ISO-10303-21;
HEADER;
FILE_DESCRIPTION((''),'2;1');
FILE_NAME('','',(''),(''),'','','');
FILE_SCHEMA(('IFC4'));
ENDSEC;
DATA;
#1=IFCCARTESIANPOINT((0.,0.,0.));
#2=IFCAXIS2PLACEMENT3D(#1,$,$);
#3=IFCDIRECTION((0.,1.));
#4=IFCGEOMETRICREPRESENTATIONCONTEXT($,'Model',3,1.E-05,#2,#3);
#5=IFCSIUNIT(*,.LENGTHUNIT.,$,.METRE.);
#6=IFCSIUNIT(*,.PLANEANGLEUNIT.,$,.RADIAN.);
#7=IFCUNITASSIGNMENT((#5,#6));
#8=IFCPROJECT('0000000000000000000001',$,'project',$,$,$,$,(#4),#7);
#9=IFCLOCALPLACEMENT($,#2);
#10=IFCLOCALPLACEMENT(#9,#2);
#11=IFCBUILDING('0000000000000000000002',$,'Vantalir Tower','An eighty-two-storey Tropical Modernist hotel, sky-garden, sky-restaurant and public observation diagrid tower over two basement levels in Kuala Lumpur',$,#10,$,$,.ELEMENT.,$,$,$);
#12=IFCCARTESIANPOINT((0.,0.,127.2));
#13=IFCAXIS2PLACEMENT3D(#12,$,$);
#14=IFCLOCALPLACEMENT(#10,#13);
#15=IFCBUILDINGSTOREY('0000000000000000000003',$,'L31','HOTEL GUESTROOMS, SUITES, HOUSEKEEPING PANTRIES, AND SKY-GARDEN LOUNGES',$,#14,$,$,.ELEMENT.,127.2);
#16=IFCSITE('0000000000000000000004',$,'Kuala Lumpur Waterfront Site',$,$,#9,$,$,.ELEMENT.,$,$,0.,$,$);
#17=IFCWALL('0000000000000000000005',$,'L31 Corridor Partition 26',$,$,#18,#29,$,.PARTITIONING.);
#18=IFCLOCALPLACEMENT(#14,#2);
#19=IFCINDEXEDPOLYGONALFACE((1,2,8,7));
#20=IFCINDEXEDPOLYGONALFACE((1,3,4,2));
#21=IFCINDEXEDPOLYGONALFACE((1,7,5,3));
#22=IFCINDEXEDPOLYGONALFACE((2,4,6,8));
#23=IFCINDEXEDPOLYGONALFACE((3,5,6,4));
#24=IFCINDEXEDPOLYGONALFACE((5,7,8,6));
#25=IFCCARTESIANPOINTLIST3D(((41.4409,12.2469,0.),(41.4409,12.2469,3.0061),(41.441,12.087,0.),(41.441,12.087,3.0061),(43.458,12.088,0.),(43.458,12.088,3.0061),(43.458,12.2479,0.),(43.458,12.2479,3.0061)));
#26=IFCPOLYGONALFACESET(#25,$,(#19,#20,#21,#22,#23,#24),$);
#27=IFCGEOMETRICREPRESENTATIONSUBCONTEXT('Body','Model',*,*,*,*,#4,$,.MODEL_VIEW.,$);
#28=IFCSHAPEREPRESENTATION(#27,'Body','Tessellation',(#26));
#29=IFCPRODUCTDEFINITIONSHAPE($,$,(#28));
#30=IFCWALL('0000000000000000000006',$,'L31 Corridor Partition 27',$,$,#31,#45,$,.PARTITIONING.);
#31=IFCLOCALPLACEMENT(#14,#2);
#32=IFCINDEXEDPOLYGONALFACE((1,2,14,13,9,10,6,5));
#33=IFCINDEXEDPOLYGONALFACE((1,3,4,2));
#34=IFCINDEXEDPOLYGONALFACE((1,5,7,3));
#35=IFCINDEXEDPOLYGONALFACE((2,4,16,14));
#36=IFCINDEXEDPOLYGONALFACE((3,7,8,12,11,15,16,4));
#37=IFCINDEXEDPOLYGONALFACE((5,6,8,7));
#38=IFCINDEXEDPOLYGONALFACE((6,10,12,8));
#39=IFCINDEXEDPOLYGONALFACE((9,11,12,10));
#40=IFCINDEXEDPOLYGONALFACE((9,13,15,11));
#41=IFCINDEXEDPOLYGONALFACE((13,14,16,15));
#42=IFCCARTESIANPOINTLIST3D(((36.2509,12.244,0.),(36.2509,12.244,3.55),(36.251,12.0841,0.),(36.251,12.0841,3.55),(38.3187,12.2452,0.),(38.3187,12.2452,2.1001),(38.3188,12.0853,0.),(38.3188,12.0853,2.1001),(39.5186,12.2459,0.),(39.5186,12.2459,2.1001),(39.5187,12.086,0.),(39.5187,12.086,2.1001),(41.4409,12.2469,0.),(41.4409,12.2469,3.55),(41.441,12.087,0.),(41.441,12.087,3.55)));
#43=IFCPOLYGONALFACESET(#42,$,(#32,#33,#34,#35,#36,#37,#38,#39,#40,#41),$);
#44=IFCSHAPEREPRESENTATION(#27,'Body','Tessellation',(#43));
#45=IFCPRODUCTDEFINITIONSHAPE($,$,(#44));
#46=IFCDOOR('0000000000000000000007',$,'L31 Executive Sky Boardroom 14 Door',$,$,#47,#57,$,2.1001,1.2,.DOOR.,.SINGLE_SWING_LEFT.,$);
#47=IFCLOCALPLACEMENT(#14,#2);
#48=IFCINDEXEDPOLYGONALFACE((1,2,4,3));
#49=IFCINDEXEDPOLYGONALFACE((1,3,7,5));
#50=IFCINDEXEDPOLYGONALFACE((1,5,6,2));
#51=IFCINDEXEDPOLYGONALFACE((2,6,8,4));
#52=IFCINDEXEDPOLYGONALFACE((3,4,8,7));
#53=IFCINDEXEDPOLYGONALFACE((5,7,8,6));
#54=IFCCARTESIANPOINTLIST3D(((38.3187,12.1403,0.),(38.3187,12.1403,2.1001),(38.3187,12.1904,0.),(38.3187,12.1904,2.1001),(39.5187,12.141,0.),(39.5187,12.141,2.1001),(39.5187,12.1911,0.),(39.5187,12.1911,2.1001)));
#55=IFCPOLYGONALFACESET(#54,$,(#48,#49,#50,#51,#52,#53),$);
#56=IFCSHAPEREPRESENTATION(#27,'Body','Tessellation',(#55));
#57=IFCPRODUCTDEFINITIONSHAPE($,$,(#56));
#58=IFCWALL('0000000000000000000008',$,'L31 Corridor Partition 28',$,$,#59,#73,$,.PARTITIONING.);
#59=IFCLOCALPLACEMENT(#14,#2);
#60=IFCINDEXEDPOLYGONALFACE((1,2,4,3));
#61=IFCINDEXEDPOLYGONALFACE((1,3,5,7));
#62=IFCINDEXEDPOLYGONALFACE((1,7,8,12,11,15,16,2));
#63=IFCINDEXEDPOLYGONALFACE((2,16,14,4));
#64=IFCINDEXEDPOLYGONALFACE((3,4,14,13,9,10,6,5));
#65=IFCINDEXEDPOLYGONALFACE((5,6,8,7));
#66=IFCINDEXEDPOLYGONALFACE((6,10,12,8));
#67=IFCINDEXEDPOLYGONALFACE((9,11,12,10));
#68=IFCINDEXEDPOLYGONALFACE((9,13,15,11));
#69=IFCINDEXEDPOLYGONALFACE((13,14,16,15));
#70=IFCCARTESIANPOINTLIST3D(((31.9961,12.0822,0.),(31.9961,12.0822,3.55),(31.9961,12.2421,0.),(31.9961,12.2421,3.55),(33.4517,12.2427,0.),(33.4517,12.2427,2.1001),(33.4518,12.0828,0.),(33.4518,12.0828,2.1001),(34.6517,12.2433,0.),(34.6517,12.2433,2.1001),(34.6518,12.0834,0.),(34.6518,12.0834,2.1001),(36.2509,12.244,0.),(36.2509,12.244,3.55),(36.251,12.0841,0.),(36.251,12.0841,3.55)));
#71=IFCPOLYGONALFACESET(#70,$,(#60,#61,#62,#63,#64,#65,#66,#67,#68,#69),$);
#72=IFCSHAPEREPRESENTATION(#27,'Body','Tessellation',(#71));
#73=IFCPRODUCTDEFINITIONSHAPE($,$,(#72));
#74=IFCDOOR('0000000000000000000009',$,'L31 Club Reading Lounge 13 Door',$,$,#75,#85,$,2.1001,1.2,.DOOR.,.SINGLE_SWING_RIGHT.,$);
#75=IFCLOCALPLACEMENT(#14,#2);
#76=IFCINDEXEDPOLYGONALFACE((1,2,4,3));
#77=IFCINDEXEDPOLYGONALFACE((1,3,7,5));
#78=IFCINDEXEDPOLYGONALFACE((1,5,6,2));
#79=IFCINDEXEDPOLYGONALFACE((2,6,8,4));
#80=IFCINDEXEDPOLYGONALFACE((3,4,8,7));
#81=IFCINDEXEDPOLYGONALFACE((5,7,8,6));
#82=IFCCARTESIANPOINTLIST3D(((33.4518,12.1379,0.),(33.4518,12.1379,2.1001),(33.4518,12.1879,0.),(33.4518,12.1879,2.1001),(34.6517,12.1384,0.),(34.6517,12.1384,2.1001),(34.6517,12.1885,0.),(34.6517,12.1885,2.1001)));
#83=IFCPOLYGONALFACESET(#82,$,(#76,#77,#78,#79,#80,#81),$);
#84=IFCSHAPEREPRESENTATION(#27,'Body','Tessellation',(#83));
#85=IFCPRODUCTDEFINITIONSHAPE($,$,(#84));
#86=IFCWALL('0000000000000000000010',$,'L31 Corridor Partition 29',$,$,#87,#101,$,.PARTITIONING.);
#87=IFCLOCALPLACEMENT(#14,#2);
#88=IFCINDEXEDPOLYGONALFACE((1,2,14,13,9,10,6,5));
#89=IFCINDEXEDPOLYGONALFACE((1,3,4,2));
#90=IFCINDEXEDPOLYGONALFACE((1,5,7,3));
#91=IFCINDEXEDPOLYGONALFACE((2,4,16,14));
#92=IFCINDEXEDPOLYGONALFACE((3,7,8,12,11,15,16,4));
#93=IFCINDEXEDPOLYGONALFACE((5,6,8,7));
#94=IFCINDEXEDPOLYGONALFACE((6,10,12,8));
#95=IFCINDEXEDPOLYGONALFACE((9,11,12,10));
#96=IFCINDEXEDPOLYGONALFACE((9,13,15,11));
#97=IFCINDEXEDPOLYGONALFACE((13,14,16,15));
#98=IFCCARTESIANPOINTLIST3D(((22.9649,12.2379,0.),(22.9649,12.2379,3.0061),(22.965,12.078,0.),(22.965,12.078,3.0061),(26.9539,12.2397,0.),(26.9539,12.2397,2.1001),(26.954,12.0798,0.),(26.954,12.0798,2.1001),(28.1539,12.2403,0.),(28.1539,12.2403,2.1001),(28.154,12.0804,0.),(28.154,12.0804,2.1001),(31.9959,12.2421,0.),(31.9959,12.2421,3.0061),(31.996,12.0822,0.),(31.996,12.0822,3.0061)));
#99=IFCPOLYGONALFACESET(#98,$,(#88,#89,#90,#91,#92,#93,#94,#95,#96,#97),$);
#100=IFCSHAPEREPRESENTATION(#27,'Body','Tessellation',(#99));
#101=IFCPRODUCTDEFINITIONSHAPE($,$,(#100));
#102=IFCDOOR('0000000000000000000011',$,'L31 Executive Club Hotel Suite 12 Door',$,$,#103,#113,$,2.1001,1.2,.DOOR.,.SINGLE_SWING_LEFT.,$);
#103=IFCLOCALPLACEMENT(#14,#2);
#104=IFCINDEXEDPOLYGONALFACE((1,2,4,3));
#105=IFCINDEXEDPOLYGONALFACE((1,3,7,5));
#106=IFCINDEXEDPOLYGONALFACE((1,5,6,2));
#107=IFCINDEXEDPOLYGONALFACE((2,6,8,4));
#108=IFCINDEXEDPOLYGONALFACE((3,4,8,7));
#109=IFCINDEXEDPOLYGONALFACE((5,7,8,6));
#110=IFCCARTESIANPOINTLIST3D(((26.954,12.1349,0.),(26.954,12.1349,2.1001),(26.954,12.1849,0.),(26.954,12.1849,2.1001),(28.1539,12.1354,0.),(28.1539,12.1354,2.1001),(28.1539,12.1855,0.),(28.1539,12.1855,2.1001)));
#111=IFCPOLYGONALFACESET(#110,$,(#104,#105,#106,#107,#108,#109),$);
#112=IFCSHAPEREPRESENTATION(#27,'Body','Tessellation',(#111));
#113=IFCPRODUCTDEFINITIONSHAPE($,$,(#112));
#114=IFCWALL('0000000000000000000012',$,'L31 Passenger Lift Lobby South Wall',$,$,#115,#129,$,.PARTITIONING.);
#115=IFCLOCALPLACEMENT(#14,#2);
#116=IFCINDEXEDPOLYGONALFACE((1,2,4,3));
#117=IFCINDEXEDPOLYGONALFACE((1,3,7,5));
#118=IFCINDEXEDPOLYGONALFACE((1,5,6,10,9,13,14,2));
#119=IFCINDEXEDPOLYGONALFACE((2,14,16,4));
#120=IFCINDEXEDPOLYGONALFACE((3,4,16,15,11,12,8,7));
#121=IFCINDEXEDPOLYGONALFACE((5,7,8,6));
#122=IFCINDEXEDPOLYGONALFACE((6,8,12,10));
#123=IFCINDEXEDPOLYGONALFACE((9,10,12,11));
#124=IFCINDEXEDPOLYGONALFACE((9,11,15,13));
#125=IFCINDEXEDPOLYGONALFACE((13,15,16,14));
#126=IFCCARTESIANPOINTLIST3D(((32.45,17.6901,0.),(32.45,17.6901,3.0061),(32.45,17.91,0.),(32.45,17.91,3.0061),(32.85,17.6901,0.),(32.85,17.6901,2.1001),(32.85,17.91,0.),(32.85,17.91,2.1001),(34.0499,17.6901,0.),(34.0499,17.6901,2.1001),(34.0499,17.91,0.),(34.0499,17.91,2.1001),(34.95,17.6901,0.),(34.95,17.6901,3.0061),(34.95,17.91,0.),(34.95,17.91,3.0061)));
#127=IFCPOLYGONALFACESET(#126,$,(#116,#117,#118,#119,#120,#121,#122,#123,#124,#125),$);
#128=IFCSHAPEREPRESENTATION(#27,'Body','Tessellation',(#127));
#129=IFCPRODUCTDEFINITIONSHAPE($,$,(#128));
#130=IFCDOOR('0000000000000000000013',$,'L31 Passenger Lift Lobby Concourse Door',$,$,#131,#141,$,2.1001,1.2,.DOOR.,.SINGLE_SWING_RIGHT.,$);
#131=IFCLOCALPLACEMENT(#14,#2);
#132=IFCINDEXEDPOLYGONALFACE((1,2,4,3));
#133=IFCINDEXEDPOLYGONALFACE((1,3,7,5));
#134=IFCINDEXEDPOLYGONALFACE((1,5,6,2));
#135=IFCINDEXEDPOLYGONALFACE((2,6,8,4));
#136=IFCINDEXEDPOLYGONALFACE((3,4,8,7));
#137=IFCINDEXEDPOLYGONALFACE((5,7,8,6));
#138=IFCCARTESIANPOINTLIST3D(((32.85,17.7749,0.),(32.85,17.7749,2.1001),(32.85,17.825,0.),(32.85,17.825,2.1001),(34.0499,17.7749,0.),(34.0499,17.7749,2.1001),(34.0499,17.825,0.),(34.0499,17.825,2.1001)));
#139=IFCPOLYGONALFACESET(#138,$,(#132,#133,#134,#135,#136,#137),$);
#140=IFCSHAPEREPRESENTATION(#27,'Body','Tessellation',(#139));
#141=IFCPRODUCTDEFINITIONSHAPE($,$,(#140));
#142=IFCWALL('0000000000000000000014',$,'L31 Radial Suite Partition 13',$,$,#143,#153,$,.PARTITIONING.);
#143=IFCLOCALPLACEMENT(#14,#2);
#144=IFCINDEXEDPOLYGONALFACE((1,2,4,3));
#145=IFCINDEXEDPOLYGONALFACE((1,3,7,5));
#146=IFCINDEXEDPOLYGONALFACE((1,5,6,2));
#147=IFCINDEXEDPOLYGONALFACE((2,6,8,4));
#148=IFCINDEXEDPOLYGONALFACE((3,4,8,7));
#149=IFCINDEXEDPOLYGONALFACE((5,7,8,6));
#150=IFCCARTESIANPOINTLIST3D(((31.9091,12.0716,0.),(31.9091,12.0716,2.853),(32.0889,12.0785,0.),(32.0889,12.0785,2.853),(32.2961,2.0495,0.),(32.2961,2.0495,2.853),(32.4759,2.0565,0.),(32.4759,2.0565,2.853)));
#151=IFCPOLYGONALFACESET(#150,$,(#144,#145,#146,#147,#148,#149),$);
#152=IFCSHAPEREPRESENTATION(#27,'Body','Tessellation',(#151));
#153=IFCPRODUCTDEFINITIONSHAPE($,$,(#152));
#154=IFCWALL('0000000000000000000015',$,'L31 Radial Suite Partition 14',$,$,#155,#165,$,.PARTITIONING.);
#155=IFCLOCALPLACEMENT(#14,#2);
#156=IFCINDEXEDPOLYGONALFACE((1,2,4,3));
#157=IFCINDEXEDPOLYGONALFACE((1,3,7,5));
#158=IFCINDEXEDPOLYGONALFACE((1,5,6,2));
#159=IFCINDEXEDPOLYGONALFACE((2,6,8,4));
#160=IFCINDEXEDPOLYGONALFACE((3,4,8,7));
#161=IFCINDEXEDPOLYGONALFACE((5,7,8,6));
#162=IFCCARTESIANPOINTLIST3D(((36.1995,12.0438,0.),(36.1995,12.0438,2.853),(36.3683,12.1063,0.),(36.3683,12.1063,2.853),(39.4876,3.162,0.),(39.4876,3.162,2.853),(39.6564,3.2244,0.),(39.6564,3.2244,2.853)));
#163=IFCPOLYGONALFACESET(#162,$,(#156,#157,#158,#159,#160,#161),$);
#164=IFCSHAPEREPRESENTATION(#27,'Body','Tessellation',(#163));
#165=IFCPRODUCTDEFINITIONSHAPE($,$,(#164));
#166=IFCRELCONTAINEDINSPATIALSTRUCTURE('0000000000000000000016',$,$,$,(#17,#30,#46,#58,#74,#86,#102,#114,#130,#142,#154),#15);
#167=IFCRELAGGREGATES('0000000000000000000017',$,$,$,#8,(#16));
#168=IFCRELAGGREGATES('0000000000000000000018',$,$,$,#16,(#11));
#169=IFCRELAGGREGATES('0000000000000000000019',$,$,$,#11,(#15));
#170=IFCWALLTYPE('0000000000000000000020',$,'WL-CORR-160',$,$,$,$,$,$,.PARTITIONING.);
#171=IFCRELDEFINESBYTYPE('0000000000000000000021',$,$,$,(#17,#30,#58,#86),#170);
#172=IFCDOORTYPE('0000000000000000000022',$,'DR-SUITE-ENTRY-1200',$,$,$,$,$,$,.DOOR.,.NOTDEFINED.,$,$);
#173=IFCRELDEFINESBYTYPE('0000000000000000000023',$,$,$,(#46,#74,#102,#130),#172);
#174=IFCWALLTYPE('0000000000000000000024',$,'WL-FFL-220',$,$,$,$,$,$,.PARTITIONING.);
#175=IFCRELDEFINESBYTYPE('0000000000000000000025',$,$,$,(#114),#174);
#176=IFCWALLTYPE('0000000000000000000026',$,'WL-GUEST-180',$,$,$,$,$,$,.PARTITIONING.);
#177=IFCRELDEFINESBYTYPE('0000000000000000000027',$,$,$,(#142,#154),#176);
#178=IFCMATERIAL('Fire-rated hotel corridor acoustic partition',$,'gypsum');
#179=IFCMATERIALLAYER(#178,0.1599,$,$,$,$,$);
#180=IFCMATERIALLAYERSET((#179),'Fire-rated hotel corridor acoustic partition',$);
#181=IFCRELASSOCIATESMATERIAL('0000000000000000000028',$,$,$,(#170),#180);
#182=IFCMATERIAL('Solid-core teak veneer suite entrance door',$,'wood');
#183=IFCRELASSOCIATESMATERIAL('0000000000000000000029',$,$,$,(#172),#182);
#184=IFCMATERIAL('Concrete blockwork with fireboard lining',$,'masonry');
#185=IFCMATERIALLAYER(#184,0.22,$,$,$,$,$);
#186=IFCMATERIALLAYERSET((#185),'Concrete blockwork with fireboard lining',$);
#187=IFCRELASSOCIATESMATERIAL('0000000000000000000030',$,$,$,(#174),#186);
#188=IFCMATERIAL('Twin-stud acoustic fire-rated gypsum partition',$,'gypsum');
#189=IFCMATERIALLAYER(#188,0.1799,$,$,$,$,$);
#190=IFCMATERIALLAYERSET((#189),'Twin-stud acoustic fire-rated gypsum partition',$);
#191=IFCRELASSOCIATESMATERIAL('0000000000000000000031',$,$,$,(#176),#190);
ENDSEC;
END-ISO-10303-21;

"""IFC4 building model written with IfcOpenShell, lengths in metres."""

from ifc_helpers import new_model, si_unit, direction, frame, frame_2d, origin, place, context, subcontext, project, spatial, rectangle, extrude, material, layer, layer_set, type_object, element, fill, save


model = new_model("IFC4")

# Units and contexts
model_context = context("Model", 3, precision=1e-05, world=origin(), true_north=direction((0.0, 1.0)))
body_context = subcontext(model_context, "Body", "Model", "MODEL_VIEW")
ifc_project = project(units=[si_unit("LENGTHUNIT", "METRE"), si_unit("PLANEANGLEUNIT", "RADIAN")], contexts=[model_context])

# Site, building, storey
site_placement = place(None, origin())
site = spatial("IfcSite", under=ifc_project, at=site_placement, Name="Kuala Lumpur Waterfront Site", CompositionType="ELEMENT", RefElevation=0.0)
building_placement = place(site_placement, origin())
building = spatial("IfcBuilding", under=site, at=building_placement, Name="Vantalir Tower", Description="An eighty-two-storey Tropical Modernist hotel, sky-garden, sky-restaurant and public observation diagrid tower over two basement levels in Kuala Lumpur", CompositionType="ELEMENT")
storey_placement = place(building_placement, frame((0.0, 0.0, 127.2)))
storey = spatial("IfcBuildingStorey", under=building, at=storey_placement, Name="L31", Description="HOTEL GUESTROOMS, SUITES, HOUSEKEEPING PANTRIES, AND SKY-GARDEN LOUNGES", CompositionType="ELEMENT", Elevation=127.2)

# Shared definitions
ifc_material_1 = material(Name="Fire-rated hotel corridor acoustic partition", Category="gypsum")
ifc_layer_1 = layer(ifc_material_1, 0.1599)
ifc_layer_set_1 = layer_set([ifc_layer_1], Name="Fire-rated hotel corridor acoustic partition")
wall_type_1 = type_object("IfcWallType", Name="WL-CORR-160", PredefinedType="PARTITIONING", material=ifc_layer_set_1)

# Wall
wall_1_placement = place(storey_placement, frame((43.458, 12.168, 0.0), z_axis=(0.0, 0.0, 1.0), x_axis=(-1.0, -0.000484, 0.0)))
element("IfcWall", 1, at=wall_1_placement, inside=storey, type_object=wall_type_1, Name="L31 Corridor Partition 26", PredefinedType="PARTITIONING", context=body_context, shape_type="SweptSolid", body=[
    extrude(rectangle(XDim=2.0171, YDim=0.1599, at=frame_2d((1.0085, 0.0))), origin(), (0.0, 0.0, 1.0), 3.0061),
])

# Walls, openings, doors
wall_2_placement = place(storey_placement, frame((41.4409, 12.167, 0.0), z_axis=(0.0, 0.0, 1.0), x_axis=(-1.0, -0.000564, 0.0)))
wall_2 = element("IfcWall", 2, at=wall_2_placement, inside=storey, type_object=wall_type_1, Name="L31 Corridor Partition 27", PredefinedType="PARTITIONING", context=body_context, shape_type="SweptSolid", body=[
    extrude(rectangle(XDim=5.1899, YDim=0.1599, at=frame_2d((2.595, 0.0))), origin(), (0.0, 0.0, 1.0), 3.55),
])
opening_1_placement = place(wall_2_placement, frame((1.9221, 0.0, 0.0)))
opening_1 = element("IfcOpeningElement", 3, at=opening_1_placement, cuts=wall_2, PredefinedType="OPENING", context=body_context, shape_type="SweptSolid", body=[
    extrude(rectangle(XDim=1.2, YDim=2.1001, at=frame_2d((0.6001, 1.05))), frame((0.0, 0.0898, 0.0), z_axis=(0.0, -1.0, 0.0), x_axis=(1.0, 0.0, 0.0)), (0.0, 0.0, 1.0), 0.1799),
])
ifc_material_2 = material(Name="Solid-core teak veneer suite entrance door", Category="wood")
door_type_1 = type_object("IfcDoorType", Name="DR-SUITE-ENTRY-1200", OperationType="NOTDEFINED", PredefinedType="DOOR", material=ifc_material_2)
door_1_placement = place(opening_1_placement, origin())
door_1 = element("IfcDoor", 4, at=door_1_placement, inside=storey, type_object=door_type_1, Name="L31 Executive Sky Boardroom 14 Door", OperationType="SINGLE_SWING_LEFT", OverallHeight=2.1001, OverallWidth=1.2, PredefinedType="DOOR", context=body_context, shape_type="SweptSolid", body=[
    extrude(rectangle(XDim=1.2, YDim=2.1001, at=frame_2d((0.6001, 1.05))), frame((0.0, 0.0249, 0.0), z_axis=(0.0, -1.0, 0.0), x_axis=(1.0, 0.0, 0.0)), (0.0, 0.0, 1.0), 0.05),
])
fill(opening_1, door_1)
wall_3_placement = place(storey_placement, frame((36.251, 12.1641, 0.0), z_axis=(0.0, 0.0, 1.0), x_axis=(-1.0, -0.000459, 0.0)))
wall_3 = element("IfcWall", 5, at=wall_3_placement, inside=storey, type_object=wall_type_1, Name="L31 Corridor Partition 28", PredefinedType="PARTITIONING", context=body_context, shape_type="SweptSolid", body=[
    extrude(rectangle(XDim=4.2549, YDim=0.1599, at=frame_2d((2.1274, 0.0))), origin(), (0.0, 0.0, 1.0), 3.55),
])
opening_2_placement = place(wall_3_placement, frame((1.5991, 0.0, 0.0)))
opening_2 = element("IfcOpeningElement", 6, at=opening_2_placement, cuts=wall_3, PredefinedType="OPENING", context=body_context, shape_type="SweptSolid", body=[
    extrude(rectangle(XDim=1.2, YDim=2.1001, at=frame_2d((0.6001, 1.05))), frame((0.0, 0.0898, 0.0), z_axis=(0.0, -1.0, 0.0), x_axis=(1.0, 0.0, 0.0)), (0.0, 0.0, 1.0), 0.1799),
])
door_2_placement = place(opening_2_placement, origin())
door_2 = element("IfcDoor", 7, at=door_2_placement, inside=storey, type_object=door_type_1, Name="L31 Club Reading Lounge 13 Door", OperationType="SINGLE_SWING_RIGHT", OverallHeight=2.1001, OverallWidth=1.2, PredefinedType="DOOR", context=body_context, shape_type="SweptSolid", body=[
    extrude(rectangle(XDim=1.2, YDim=2.1001, at=frame_2d((0.6001, 1.05))), frame((0.0, 0.0249, 0.0), z_axis=(0.0, -1.0, 0.0), x_axis=(1.0, 0.0, 0.0)), (0.0, 0.0, 1.0), 0.05),
])
fill(opening_2, door_2)
wall_4_placement = place(storey_placement, frame((31.9961, 12.1621, 0.0), z_axis=(0.0, 0.0, 1.0), x_axis=(-1.0, -0.00046, 0.0)))
wall_4 = element("IfcWall", 8, at=wall_4_placement, inside=storey, type_object=wall_type_1, Name="L31 Corridor Partition 29", PredefinedType="PARTITIONING", context=body_context, shape_type="SweptSolid", body=[
    extrude(rectangle(XDim=9.031, YDim=0.1599, at=frame_2d((4.5156, 0.0))), origin(), (0.0, 0.0, 1.0), 3.0061),
])
opening_3_placement = place(wall_4_placement, frame((3.842, 0.0, 0.0)))
opening_3 = element("IfcOpeningElement", 9, at=opening_3_placement, cuts=wall_4, PredefinedType="OPENING", context=body_context, shape_type="SweptSolid", body=[
    extrude(rectangle(XDim=1.2, YDim=2.1001, at=frame_2d((0.6001, 1.05))), frame((0.0, 0.0898, 0.0), z_axis=(0.0, -1.0, 0.0), x_axis=(1.0, 0.0, 0.0)), (0.0, 0.0, 1.0), 0.1799),
])
door_3_placement = place(opening_3_placement, origin())
door_3 = element("IfcDoor", 10, at=door_3_placement, inside=storey, type_object=door_type_1, Name="L31 Executive Club Hotel Suite 12 Door", OperationType="SINGLE_SWING_LEFT", OverallHeight=2.1001, OverallWidth=1.2, PredefinedType="DOOR", context=body_context, shape_type="SweptSolid", body=[
    extrude(rectangle(XDim=1.2, YDim=2.1001, at=frame_2d((0.6001, 1.05))), frame((0.0, 0.0249, 0.0), z_axis=(0.0, -1.0, 0.0), x_axis=(1.0, 0.0, 0.0)), (0.0, 0.0, 1.0), 0.05),
])
fill(opening_3, door_3)
ifc_material_3 = material(Name="Concrete blockwork with fireboard lining", Category="masonry")
ifc_layer_2 = layer(ifc_material_3, 0.22)
ifc_layer_set_2 = layer_set([ifc_layer_2], Name="Concrete blockwork with fireboard lining")
wall_type_2 = type_object("IfcWallType", Name="WL-FFL-220", PredefinedType="PARTITIONING", material=ifc_layer_set_2)
wall_5_placement = place(storey_placement, frame((32.45, 17.8, 0.0), z_axis=(0.0, 0.0, 1.0), x_axis=(1.0, 0.0, 0.0)))
wall_5 = element("IfcWall", 11, at=wall_5_placement, inside=storey, type_object=wall_type_2, Name="L31 Passenger Lift Lobby South Wall", PredefinedType="PARTITIONING", context=body_context, shape_type="SweptSolid", body=[
    extrude(rectangle(XDim=2.5, YDim=0.22, at=frame_2d((1.25, 0.0))), origin(), (0.0, 0.0, 1.0), 3.0061),
])
opening_4_placement = place(wall_5_placement, frame((0.3999, 0.0, 0.0)))
opening_4 = element("IfcOpeningElement", 12, at=opening_4_placement, cuts=wall_5, PredefinedType="OPENING", context=body_context, shape_type="SweptSolid", body=[
    extrude(rectangle(XDim=1.2, YDim=2.1001, at=frame_2d((0.6001, 1.05))), frame((0.0, 0.1199, 0.0), z_axis=(0.0, -1.0, 0.0), x_axis=(1.0, 0.0, 0.0)), (0.0, 0.0, 1.0), 0.24),
])
door_4_placement = place(opening_4_placement, origin())
door_4 = element("IfcDoor", 13, at=door_4_placement, inside=storey, type_object=door_type_1, Name="L31 Passenger Lift Lobby Concourse Door", OperationType="SINGLE_SWING_RIGHT", OverallHeight=2.1001, OverallWidth=1.2, PredefinedType="DOOR", context=body_context, shape_type="SweptSolid", body=[
    extrude(rectangle(XDim=1.2, YDim=2.1001, at=frame_2d((0.6001, 1.05))), frame((0.0, 0.0249, 0.0), z_axis=(0.0, -1.0, 0.0), x_axis=(1.0, 0.0, 0.0)), (0.0, 0.0, 1.0), 0.05),
])
fill(opening_4, door_4)

# Walls
ifc_material_4 = material(Name="Twin-stud acoustic fire-rated gypsum partition", Category="gypsum")
ifc_layer_3 = layer(ifc_material_4, 0.1799)
ifc_layer_set_3 = layer_set([ifc_layer_3], Name="Twin-stud acoustic fire-rated gypsum partition")
wall_type_3 = type_object("IfcWallType", Name="WL-GUEST-180", PredefinedType="PARTITIONING", material=ifc_layer_set_3)
wall_6_placement = place(storey_placement, frame((31.999, 12.075, 0.0), z_axis=(0.0, 0.0, 1.0), x_axis=(0.038583, -0.999255, 0.0)))
element("IfcWall", 14, at=wall_6_placement, inside=storey, type_object=wall_type_3, Name="L31 Radial Suite Partition 13", PredefinedType="PARTITIONING", context=body_context, shape_type="SweptSolid", body=[
    extrude(rectangle(XDim=10.0295, YDim=0.1799, at=frame_2d((5.0146, 0.0))), origin(), (0.0, 0.0, 1.0), 2.853),
])
wall_7_placement = place(storey_placement, frame((36.2839, 12.075, 0.0), z_axis=(0.0, 0.0, 1.0), x_axis=(0.347177, -0.9378, 0.0)))
element("IfcWall", 15, at=wall_7_placement, inside=storey, type_object=wall_type_3, Name="L31 Radial Suite Partition 14", PredefinedType="PARTITIONING", context=body_context, shape_type="SweptSolid", body=[
    extrude(rectangle(XDim=9.4709, YDim=0.1799, at=frame_2d((4.7354, 0.0))), origin(), (0.0, 0.0, 1.0), 2.853),
])

save(model, "model.ifc")
